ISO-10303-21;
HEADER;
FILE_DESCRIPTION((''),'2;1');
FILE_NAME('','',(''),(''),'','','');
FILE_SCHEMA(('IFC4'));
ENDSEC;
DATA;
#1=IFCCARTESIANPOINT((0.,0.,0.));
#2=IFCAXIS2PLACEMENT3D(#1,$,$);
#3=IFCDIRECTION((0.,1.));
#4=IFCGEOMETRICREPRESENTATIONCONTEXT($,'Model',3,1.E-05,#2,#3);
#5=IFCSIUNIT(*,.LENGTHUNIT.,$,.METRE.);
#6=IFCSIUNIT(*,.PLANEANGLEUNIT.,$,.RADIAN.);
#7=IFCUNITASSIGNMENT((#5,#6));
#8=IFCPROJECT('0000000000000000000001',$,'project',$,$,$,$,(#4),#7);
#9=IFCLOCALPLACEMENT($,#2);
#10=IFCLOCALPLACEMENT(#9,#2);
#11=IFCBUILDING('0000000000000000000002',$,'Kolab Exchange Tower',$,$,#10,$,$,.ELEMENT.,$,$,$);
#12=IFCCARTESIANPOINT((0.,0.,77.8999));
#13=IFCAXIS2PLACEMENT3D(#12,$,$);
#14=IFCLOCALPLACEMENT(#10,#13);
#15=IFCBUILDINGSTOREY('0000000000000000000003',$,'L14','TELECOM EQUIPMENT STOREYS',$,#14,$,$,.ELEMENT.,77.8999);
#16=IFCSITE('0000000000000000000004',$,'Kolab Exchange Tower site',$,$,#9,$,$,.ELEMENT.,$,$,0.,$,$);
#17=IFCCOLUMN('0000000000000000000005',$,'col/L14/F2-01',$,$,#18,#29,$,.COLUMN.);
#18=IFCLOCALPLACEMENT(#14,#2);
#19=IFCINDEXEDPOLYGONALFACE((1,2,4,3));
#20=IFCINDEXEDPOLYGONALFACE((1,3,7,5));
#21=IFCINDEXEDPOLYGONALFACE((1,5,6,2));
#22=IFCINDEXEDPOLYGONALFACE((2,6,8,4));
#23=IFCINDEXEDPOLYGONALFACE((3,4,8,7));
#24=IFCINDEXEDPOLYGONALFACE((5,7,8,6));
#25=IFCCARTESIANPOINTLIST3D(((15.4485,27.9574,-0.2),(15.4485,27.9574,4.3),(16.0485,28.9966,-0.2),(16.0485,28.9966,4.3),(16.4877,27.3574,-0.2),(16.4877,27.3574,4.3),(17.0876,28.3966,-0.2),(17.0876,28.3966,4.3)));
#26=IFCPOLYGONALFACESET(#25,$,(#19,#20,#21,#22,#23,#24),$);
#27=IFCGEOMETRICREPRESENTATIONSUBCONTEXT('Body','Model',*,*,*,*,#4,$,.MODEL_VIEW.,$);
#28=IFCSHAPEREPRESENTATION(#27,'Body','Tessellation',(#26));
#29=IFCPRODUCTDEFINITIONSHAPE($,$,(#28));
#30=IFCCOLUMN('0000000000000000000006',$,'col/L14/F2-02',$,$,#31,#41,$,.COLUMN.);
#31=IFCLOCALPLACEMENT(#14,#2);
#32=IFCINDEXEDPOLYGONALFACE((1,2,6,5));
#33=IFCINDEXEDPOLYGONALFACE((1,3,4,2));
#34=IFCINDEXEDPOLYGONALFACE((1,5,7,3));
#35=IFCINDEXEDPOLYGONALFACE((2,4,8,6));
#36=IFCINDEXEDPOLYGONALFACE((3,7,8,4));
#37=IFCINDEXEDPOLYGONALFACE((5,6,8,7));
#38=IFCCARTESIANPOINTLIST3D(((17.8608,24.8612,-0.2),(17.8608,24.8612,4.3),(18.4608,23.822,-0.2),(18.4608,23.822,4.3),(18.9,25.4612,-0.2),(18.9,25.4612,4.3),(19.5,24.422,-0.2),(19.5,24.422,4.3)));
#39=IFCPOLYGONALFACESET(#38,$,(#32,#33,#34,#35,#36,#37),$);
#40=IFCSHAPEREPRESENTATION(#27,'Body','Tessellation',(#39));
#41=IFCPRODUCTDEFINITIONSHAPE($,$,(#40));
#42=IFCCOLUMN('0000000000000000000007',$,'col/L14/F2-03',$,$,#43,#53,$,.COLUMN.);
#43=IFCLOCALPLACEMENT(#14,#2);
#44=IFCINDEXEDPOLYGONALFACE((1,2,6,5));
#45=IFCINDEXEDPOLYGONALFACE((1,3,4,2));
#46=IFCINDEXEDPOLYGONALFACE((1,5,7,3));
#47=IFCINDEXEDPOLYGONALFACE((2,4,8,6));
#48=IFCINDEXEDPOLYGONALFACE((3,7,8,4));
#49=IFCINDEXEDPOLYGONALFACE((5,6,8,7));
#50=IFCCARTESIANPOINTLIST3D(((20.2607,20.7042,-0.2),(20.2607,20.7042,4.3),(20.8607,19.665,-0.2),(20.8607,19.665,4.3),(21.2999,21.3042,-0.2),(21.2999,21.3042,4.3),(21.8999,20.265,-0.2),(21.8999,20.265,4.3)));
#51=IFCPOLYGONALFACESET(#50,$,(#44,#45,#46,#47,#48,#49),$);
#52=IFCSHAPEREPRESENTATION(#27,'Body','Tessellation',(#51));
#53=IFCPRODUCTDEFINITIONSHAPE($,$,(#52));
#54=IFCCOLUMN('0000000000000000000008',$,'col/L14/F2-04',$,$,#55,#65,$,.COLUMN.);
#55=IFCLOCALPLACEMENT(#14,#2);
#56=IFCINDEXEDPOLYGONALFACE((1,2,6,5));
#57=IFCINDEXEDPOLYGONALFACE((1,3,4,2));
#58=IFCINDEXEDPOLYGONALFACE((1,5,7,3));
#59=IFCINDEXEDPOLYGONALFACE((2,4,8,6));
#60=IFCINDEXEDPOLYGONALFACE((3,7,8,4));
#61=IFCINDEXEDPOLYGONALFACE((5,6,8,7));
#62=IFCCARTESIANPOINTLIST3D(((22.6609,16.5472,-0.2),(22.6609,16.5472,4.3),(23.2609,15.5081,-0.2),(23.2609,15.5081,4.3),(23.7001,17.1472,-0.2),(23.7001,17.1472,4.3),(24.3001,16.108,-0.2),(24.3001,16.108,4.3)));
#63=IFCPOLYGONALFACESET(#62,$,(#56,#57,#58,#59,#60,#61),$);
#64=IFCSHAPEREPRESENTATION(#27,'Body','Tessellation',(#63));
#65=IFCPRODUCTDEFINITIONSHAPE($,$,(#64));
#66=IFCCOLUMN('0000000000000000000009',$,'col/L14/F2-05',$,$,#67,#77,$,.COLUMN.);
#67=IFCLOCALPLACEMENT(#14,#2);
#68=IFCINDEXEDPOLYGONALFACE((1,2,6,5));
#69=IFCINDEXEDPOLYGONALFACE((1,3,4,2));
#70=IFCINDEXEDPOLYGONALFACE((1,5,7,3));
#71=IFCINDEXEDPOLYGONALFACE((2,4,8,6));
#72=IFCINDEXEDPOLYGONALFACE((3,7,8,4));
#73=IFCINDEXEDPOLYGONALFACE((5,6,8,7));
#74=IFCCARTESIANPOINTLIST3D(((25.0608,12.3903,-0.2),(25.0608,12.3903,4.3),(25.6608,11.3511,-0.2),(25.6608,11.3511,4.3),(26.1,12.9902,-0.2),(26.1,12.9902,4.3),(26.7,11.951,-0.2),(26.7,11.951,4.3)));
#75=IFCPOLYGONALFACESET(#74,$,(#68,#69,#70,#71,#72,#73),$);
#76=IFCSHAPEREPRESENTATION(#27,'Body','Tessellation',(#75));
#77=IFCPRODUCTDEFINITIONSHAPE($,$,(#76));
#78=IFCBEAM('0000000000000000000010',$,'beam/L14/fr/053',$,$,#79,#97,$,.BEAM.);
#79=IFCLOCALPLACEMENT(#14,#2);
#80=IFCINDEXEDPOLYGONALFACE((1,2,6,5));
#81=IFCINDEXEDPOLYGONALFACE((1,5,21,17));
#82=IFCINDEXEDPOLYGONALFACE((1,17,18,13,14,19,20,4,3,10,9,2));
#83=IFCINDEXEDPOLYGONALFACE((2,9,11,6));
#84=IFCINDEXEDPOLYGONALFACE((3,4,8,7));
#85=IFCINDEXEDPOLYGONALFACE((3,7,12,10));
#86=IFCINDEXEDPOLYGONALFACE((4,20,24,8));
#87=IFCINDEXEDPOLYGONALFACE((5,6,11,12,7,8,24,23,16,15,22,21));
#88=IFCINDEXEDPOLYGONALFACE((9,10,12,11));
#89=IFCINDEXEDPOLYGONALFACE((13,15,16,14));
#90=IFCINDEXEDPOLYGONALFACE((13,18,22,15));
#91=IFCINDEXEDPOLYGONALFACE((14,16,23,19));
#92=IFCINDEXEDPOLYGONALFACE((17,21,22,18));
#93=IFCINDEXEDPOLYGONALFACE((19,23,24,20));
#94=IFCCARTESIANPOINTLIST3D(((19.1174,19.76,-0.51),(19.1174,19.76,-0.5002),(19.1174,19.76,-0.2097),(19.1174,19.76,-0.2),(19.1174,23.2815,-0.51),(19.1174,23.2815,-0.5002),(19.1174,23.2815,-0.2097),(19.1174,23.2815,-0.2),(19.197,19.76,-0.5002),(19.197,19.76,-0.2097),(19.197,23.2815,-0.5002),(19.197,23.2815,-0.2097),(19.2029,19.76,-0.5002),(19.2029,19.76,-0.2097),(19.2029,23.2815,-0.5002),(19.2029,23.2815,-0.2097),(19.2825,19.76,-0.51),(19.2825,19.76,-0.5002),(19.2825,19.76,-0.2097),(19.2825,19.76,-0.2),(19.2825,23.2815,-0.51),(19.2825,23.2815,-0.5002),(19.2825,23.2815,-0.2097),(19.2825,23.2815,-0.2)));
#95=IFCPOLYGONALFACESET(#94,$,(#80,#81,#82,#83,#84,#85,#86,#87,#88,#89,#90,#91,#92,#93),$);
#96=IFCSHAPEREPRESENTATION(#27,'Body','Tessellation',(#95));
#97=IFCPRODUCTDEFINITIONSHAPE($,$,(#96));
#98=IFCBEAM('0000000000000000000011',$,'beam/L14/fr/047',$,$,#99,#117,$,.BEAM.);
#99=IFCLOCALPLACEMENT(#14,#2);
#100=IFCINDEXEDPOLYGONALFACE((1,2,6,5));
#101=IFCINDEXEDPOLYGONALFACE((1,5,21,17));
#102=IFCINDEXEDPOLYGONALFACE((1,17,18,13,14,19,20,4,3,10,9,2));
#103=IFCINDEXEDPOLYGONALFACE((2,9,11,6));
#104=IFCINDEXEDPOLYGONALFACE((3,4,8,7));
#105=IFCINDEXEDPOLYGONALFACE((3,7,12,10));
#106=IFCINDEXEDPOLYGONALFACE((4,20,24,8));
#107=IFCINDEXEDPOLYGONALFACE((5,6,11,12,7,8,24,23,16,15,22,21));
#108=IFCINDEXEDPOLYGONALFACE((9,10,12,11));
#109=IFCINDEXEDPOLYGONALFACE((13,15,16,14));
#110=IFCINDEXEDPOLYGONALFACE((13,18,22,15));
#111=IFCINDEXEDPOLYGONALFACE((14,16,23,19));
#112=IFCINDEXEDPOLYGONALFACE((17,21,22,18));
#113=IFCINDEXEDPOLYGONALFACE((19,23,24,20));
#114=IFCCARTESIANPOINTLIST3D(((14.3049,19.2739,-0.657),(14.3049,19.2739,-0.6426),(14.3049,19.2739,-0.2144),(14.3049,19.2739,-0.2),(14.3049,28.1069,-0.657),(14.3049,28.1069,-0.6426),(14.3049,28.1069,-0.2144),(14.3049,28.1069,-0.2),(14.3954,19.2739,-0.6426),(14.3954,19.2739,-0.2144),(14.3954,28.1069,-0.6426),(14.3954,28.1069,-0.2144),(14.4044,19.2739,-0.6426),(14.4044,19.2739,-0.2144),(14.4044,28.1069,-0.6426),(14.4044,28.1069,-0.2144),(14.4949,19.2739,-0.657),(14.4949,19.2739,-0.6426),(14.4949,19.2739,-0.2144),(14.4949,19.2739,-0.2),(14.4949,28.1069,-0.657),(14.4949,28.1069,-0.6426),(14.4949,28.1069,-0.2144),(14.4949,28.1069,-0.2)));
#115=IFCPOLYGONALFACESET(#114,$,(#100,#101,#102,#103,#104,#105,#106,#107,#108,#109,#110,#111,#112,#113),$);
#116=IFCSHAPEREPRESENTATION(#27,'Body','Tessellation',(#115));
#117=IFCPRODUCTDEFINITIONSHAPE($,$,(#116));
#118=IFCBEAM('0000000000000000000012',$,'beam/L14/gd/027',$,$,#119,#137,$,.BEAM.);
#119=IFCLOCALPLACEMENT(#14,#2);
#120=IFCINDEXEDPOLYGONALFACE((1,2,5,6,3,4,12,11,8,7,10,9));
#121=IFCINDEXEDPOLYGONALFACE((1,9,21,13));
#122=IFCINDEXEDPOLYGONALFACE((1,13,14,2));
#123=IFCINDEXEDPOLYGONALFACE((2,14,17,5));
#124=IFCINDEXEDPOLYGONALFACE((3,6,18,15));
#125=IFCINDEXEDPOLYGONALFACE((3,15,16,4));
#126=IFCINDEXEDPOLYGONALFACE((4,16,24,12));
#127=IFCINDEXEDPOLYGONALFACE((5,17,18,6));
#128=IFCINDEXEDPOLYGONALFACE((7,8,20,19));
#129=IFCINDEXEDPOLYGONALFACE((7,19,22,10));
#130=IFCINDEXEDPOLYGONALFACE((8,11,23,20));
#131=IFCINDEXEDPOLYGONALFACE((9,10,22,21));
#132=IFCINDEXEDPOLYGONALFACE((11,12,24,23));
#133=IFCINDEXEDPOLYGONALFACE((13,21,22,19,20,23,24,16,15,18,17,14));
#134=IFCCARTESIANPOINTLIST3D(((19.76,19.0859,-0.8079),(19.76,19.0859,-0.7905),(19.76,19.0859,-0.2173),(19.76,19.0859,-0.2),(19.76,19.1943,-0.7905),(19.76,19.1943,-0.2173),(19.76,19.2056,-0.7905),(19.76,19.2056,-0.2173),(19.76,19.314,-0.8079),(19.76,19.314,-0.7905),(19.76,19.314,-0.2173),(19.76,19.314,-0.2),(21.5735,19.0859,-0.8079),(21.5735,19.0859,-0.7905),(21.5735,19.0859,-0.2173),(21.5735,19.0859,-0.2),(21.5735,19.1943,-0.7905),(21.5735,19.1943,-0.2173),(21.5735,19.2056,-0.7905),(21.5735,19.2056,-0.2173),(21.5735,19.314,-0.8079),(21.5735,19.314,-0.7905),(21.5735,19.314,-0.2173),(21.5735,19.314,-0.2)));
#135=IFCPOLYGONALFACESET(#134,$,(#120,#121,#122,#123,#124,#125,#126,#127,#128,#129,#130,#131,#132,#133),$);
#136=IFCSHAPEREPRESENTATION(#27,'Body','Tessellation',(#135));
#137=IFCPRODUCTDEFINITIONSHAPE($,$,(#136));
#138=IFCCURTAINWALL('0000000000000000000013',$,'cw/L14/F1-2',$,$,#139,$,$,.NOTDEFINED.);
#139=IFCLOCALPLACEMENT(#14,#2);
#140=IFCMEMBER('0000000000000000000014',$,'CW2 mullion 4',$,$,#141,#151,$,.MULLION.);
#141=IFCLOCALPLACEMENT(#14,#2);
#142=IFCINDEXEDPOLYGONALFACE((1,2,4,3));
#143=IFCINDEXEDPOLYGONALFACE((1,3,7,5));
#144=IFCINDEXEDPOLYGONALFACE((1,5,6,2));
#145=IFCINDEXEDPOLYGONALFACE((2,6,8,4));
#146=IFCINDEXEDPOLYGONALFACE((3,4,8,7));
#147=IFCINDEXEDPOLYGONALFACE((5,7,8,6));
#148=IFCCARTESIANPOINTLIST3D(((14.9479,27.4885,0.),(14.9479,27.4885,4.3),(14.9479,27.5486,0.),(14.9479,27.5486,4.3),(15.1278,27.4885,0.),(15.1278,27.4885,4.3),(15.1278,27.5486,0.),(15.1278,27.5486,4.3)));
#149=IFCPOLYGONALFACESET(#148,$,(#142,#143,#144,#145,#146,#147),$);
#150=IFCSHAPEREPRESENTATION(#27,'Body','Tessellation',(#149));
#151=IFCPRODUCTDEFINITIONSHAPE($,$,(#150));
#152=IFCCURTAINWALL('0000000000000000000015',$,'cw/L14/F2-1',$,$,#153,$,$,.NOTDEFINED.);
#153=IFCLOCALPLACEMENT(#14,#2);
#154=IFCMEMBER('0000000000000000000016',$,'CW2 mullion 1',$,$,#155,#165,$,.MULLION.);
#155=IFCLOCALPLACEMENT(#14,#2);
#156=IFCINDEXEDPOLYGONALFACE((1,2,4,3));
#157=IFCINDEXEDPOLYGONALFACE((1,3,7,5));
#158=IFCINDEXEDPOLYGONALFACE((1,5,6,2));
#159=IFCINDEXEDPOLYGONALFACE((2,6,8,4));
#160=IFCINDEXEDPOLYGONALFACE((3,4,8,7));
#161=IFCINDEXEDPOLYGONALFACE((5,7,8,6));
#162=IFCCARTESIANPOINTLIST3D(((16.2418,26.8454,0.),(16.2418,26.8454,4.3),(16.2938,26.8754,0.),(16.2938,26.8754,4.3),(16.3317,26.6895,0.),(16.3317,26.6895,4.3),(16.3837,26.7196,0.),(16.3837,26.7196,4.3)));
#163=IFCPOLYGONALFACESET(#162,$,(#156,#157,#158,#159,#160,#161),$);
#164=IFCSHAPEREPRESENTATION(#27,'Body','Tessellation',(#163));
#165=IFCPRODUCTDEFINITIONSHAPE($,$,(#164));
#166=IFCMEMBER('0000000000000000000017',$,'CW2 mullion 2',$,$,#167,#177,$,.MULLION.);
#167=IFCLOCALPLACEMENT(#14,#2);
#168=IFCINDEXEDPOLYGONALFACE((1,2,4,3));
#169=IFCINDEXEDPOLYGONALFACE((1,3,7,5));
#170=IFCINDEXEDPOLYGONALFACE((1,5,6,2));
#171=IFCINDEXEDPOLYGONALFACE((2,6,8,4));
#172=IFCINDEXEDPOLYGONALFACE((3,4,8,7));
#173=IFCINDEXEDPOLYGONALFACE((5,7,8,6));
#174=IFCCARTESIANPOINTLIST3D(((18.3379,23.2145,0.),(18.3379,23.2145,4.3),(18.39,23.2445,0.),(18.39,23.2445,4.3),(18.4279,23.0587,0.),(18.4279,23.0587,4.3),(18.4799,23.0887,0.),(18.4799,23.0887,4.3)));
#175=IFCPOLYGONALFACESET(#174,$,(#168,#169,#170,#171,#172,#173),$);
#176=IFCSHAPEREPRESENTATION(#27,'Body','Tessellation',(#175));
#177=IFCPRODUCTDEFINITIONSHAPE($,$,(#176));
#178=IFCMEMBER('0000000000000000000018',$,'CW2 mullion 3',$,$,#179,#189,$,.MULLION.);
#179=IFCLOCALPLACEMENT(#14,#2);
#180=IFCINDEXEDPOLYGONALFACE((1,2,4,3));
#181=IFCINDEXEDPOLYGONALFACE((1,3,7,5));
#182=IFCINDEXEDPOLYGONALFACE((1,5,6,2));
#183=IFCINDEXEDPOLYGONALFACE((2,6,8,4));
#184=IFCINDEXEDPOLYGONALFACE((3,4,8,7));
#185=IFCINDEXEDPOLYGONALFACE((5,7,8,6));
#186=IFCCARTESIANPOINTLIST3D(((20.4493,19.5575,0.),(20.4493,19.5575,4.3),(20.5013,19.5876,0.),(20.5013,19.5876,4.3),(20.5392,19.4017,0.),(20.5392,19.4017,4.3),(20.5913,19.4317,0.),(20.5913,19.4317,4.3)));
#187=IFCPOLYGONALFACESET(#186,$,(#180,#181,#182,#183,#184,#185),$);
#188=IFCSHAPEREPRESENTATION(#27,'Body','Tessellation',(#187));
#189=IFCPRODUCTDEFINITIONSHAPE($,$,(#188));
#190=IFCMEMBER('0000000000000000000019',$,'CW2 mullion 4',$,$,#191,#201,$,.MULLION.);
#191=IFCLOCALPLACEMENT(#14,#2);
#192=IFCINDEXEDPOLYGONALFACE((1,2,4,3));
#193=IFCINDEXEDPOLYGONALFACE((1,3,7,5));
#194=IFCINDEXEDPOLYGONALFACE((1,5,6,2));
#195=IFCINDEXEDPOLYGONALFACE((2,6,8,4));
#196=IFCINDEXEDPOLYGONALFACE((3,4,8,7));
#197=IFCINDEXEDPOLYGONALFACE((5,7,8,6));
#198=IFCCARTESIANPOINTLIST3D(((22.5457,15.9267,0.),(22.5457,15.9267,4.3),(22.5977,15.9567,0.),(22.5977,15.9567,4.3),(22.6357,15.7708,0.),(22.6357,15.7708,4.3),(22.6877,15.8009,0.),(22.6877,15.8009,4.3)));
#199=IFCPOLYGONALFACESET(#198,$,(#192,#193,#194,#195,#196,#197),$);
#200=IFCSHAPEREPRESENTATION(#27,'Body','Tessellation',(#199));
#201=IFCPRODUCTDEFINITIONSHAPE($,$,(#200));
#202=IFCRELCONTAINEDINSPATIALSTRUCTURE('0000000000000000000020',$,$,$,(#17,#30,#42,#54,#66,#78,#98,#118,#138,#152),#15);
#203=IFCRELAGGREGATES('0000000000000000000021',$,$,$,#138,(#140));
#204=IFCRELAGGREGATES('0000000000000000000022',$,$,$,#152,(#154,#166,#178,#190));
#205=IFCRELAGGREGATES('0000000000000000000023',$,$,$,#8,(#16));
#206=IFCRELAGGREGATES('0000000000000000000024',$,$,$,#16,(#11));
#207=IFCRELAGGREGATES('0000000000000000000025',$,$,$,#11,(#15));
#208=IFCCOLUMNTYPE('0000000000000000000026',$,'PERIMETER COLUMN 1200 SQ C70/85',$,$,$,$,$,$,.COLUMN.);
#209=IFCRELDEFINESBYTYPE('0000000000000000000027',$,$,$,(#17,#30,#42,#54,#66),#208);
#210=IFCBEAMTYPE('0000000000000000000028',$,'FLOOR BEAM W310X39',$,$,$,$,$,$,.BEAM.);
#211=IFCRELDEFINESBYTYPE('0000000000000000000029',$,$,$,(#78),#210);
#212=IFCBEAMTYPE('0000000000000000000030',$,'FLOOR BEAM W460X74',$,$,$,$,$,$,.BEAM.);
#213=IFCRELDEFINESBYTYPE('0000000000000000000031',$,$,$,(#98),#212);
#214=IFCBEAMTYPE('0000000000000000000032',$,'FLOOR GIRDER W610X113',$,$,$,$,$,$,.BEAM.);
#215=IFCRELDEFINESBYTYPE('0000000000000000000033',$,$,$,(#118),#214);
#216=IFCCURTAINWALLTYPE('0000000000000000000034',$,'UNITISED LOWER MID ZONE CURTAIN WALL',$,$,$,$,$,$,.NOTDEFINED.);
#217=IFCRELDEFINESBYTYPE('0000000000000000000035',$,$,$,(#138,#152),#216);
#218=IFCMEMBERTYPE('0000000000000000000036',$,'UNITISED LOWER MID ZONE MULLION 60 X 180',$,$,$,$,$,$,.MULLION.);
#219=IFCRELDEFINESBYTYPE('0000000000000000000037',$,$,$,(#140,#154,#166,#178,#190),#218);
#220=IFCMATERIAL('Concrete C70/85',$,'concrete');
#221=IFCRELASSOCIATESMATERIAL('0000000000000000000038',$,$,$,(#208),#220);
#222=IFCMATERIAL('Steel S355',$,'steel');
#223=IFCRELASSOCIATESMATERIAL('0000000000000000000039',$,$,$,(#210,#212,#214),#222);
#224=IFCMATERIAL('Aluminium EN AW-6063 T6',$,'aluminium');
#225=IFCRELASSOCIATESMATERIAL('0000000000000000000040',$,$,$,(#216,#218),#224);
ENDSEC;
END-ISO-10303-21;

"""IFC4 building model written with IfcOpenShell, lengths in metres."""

from ifc_helpers import new_model, si_unit, direction, frame, origin, origin_2d, place, context, subcontext, project, spatial, rectangle, i_section, extrude, material, material_profile, profile_set, type_object, element, aggregate, save


model = new_model("IFC4")

# Units and contexts
model_context = context("Model", 3, precision=1e-05, world=origin(), true_north=direction((0.0, 1.0)))
body_context = subcontext(model_context, "Body", "Model", "MODEL_VIEW")
ifc_project = project(units=[si_unit("LENGTHUNIT", "METRE"), si_unit("PLANEANGLEUNIT", "RADIAN")], contexts=[model_context])

# Site, building, storey
site_placement = place(None, origin())
site = spatial("IfcSite", under=ifc_project, at=site_placement, Name="Kolab Exchange Tower site", CompositionType="ELEMENT", RefElevation=0.0)
building_placement = place(site_placement, origin())
building = spatial("IfcBuilding", under=site, at=building_placement, Name="Kolab Exchange Tower", CompositionType="ELEMENT")
storey_placement = place(building_placement, frame((0.0, 0.0, 77.8999)))
storey = spatial("IfcBuildingStorey", under=building, at=storey_placement, Name="L14", Description="TELECOM EQUIPMENT STOREYS", CompositionType="ELEMENT", Elevation=77.8999)

# Columns
ifc_material_1 = material(Name="Concrete C70/85", Category="concrete")
ifc_material_profile_1 = material_profile(ifc_material_1, rectangle(XDim=1.2, YDim=1.2, at=origin_2d()), Name="RC1200")
ifc_profile_set_1 = profile_set([ifc_material_profile_1], Name="Concrete C70/85")
column_type = type_object("IfcColumnType", Name="PERIMETER COLUMN 1200 SQ C70/85", PredefinedType="COLUMN", material=ifc_profile_set_1)
for number, where, z_axis, x_axis, name in (
    (1, (16.2681, 28.177, -0.2), (0.0, 0.0, 1.0), (0.5, 0.866025, 0.0), "col/L14/F2-01"),
    (2, (18.6804, 24.6416, -0.2), (0.0, 0.0, 1.0), (0.866025, 0.5, 0.0), "col/L14/F2-02"),
    (3, (21.0803, 20.4846, -0.2), (0.0, 0.0, 1.0), (0.866025, 0.5, 0.0), "col/L14/F2-03"),
    (4, (23.4805, 16.3276, -0.2), (0.0, 0.0, 1.0), (0.866025, 0.5, 0.0), "col/L14/F2-04"),
    (5, (25.8804, 12.1707, -0.2), (0.0, 0.0, 1.0), (0.866025, 0.5, 0.0), "col/L14/F2-05"),
):
    element("IfcColumn", number, at=place(storey_placement, frame(where, z_axis=z_axis, x_axis=x_axis)), inside=storey, type_object=column_type, Name=name, PredefinedType="COLUMN", context=body_context, shape_type="SweptSolid", body=[
        extrude(rectangle(XDim=1.2, YDim=1.2, at=origin_2d()), origin(), (0.0, 0.0, 1.0), 4.5),
    ])

# Beams
ifc_material_2 = material(Name="Steel S355", Category="steel")
ifc_material_profile_2 = material_profile(ifc_material_2, i_section(OverallWidth=0.165, OverallDepth=0.3101, WebThickness=0.0059, FlangeThickness=0.0098, at=origin_2d()), Name="W310X39")
ifc_profile_set_2 = profile_set([ifc_material_profile_2], Name="Steel S355")
beam_type_1 = type_object("IfcBeamType", Name="FLOOR BEAM W310X39", PredefinedType="BEAM", material=ifc_profile_set_2)
beam_1_placement = place(storey_placement, frame((19.2, 19.76, -0.355), z_axis=(0.0, 1.0, 0.0), x_axis=(-1.0, 0.0, 0.0)))
element("IfcBeam", 6, at=beam_1_placement, inside=storey, type_object=beam_type_1, Name="beam/L14/fr/053", PredefinedType="BEAM", context=body_context, shape_type="SweptSolid", body=[
    extrude(i_section(OverallWidth=0.165, OverallDepth=0.3101, WebThickness=0.0059, FlangeThickness=0.0098, at=origin_2d()), origin(), (0.0, 0.0, 1.0), 3.5215),
])
ifc_material_profile_3 = material_profile(ifc_material_2, i_section(OverallWidth=0.1899, OverallDepth=0.457, WebThickness=0.009, FlangeThickness=0.0144, at=origin_2d()), Name="W460X74")
ifc_profile_set_3 = profile_set([ifc_material_profile_3], Name="Steel S355")
beam_type_2 = type_object("IfcBeamType", Name="FLOOR BEAM W460X74", PredefinedType="BEAM", material=ifc_profile_set_3)
beam_2_placement = place(storey_placement, frame((14.3999, 19.2739, -0.4285), z_axis=(0.0, 1.0, 0.0), x_axis=(-1.0, 0.0, 0.0)))
element("IfcBeam", 7, at=beam_2_placement, inside=storey, type_object=beam_type_2, Name="beam/L14/fr/047", PredefinedType="BEAM", context=body_context, shape_type="SweptSolid", body=[
    extrude(i_section(OverallWidth=0.1899, OverallDepth=0.457, WebThickness=0.009, FlangeThickness=0.0144, at=origin_2d()), origin(), (0.0, 0.0, 1.0), 8.833),
])
ifc_material_profile_4 = material_profile(ifc_material_2, i_section(OverallWidth=0.228, OverallDepth=0.6079, WebThickness=0.0112, FlangeThickness=0.0173, at=origin_2d()), Name="W610X113")
ifc_profile_set_4 = profile_set([ifc_material_profile_4], Name="Steel S355")
beam_type_3 = type_object("IfcBeamType", Name="FLOOR GIRDER W610X113", PredefinedType="BEAM", material=ifc_profile_set_4)
beam_3_placement = place(storey_placement, frame((19.76, 19.2, -0.5039), z_axis=(1.0, 0.0, 0.0), x_axis=(0.0, 1.0, 0.0)))
element("IfcBeam", 8, at=beam_3_placement, inside=storey, type_object=beam_type_3, Name="beam/L14/gd/027", PredefinedType="BEAM", context=body_context, shape_type="SweptSolid", body=[
    extrude(i_section(OverallWidth=0.228, OverallDepth=0.6079, WebThickness=0.0112, FlangeThickness=0.0173, at=origin_2d()), origin(), (0.0, 0.0, 1.0), 1.8135),
])

# Curtain wall, member
ifc_material_3 = material(Name="Aluminium EN AW-6063 T6", Category="aluminium")
curtain_wall_type = type_object("IfcCurtainWallType", Name="UNITISED LOWER MID ZONE CURTAIN WALL", PredefinedType="NOTDEFINED", material=ifc_material_3)
curtain_wall_1_placement = place(storey_placement, origin())
curtain_wall_1 = element("IfcCurtainWall", 9, at=curtain_wall_1_placement, inside=storey, type_object=curtain_wall_type, Name="cw/L14/F1-2", PredefinedType="NOTDEFINED")
ifc_material_profile_5 = material_profile(ifc_material_3, rectangle(XDim=0.0601, YDim=0.1799, at=origin_2d()), Name="RECT 60X180")
ifc_profile_set_5 = profile_set([ifc_material_profile_5], Name="Aluminium EN AW-6063 T6")
member_type_1 = type_object("IfcMemberType", Name="UNITISED LOWER MID ZONE MULLION 60 X 180", PredefinedType="MULLION", material=ifc_profile_set_5)
member_1_placement = place(storey_placement, frame((15.0378, 27.5186, 0.0), z_axis=(0.0, 0.0, 1.0), x_axis=(0.0, 1.0, 0.0)))
member_1 = element("IfcMember", 10, at=member_1_placement, type_object=member_type_1, Name="CW2 mullion 4", PredefinedType="MULLION", context=body_context, shape_type="SweptSolid", body=[
    extrude(rectangle(XDim=0.0601, YDim=0.1799, at=origin_2d()), origin(), (0.0, 0.0, 1.0), 4.3),
])
aggregate(curtain_wall_1, [member_1])

# Curtain wall, members
curtain_wall_2_placement = place(storey_placement, origin())
curtain_wall_2 = element("IfcCurtainWall", 11, at=curtain_wall_2_placement, inside=storey, type_object=curtain_wall_type, Name="cw/L14/F2-1", PredefinedType="NOTDEFINED")
member_2_placement = place(storey_placement, frame((16.3127, 26.7825, 0.0), z_axis=(0.0, 0.0, 1.0), x_axis=(0.866025, 0.5, 0.0)))
member_2 = element("IfcMember", 12, at=member_2_placement, type_object=member_type_1, Name="CW2 mullion 1", PredefinedType="MULLION", context=body_context, shape_type="SweptSolid", body=[
    extrude(rectangle(XDim=0.0601, YDim=0.1799, at=origin_2d()), origin(), (0.0, 0.0, 1.0), 4.3),
])
member_3_placement = place(storey_placement, frame((18.4089, 23.1516, 0.0), z_axis=(0.0, 0.0, 1.0), x_axis=(0.866025, 0.5, 0.0)))
member_3 = element("IfcMember", 13, at=member_3_placement, type_object=member_type_1, Name="CW2 mullion 2", PredefinedType="MULLION", context=body_context, shape_type="SweptSolid", body=[
    extrude(rectangle(XDim=0.0601, YDim=0.1799, at=origin_2d()), origin(), (0.0, 0.0, 1.0), 4.3),
])
member_4_placement = place(storey_placement, frame((20.5203, 19.4946, 0.0), z_axis=(0.0, 0.0, 1.0), x_axis=(0.866025, 0.5, 0.0)))
member_4 = element("IfcMember", 14, at=member_4_placement, type_object=member_type_1, Name="CW2 mullion 3", PredefinedType="MULLION", context=body_context, shape_type="SweptSolid", body=[
    extrude(rectangle(XDim=0.0601, YDim=0.1799, at=origin_2d()), origin(), (0.0, 0.0, 1.0), 4.3),
])
member_5_placement = place(storey_placement, frame((22.6167, 15.8638, 0.0), z_axis=(0.0, 0.0, 1.0), x_axis=(0.866025, 0.5, 0.0)))
member_5 = element("IfcMember", 15, at=member_5_placement, type_object=member_type_1, Name="CW2 mullion 4", PredefinedType="MULLION", context=body_context, shape_type="SweptSolid", body=[
    extrude(rectangle(XDim=0.0601, YDim=0.1799, at=origin_2d()), origin(), (0.0, 0.0, 1.0), 4.3),
])

aggregate(curtain_wall_2, [member_2, member_3, member_4, member_5])

save(model, "model.ifc")
